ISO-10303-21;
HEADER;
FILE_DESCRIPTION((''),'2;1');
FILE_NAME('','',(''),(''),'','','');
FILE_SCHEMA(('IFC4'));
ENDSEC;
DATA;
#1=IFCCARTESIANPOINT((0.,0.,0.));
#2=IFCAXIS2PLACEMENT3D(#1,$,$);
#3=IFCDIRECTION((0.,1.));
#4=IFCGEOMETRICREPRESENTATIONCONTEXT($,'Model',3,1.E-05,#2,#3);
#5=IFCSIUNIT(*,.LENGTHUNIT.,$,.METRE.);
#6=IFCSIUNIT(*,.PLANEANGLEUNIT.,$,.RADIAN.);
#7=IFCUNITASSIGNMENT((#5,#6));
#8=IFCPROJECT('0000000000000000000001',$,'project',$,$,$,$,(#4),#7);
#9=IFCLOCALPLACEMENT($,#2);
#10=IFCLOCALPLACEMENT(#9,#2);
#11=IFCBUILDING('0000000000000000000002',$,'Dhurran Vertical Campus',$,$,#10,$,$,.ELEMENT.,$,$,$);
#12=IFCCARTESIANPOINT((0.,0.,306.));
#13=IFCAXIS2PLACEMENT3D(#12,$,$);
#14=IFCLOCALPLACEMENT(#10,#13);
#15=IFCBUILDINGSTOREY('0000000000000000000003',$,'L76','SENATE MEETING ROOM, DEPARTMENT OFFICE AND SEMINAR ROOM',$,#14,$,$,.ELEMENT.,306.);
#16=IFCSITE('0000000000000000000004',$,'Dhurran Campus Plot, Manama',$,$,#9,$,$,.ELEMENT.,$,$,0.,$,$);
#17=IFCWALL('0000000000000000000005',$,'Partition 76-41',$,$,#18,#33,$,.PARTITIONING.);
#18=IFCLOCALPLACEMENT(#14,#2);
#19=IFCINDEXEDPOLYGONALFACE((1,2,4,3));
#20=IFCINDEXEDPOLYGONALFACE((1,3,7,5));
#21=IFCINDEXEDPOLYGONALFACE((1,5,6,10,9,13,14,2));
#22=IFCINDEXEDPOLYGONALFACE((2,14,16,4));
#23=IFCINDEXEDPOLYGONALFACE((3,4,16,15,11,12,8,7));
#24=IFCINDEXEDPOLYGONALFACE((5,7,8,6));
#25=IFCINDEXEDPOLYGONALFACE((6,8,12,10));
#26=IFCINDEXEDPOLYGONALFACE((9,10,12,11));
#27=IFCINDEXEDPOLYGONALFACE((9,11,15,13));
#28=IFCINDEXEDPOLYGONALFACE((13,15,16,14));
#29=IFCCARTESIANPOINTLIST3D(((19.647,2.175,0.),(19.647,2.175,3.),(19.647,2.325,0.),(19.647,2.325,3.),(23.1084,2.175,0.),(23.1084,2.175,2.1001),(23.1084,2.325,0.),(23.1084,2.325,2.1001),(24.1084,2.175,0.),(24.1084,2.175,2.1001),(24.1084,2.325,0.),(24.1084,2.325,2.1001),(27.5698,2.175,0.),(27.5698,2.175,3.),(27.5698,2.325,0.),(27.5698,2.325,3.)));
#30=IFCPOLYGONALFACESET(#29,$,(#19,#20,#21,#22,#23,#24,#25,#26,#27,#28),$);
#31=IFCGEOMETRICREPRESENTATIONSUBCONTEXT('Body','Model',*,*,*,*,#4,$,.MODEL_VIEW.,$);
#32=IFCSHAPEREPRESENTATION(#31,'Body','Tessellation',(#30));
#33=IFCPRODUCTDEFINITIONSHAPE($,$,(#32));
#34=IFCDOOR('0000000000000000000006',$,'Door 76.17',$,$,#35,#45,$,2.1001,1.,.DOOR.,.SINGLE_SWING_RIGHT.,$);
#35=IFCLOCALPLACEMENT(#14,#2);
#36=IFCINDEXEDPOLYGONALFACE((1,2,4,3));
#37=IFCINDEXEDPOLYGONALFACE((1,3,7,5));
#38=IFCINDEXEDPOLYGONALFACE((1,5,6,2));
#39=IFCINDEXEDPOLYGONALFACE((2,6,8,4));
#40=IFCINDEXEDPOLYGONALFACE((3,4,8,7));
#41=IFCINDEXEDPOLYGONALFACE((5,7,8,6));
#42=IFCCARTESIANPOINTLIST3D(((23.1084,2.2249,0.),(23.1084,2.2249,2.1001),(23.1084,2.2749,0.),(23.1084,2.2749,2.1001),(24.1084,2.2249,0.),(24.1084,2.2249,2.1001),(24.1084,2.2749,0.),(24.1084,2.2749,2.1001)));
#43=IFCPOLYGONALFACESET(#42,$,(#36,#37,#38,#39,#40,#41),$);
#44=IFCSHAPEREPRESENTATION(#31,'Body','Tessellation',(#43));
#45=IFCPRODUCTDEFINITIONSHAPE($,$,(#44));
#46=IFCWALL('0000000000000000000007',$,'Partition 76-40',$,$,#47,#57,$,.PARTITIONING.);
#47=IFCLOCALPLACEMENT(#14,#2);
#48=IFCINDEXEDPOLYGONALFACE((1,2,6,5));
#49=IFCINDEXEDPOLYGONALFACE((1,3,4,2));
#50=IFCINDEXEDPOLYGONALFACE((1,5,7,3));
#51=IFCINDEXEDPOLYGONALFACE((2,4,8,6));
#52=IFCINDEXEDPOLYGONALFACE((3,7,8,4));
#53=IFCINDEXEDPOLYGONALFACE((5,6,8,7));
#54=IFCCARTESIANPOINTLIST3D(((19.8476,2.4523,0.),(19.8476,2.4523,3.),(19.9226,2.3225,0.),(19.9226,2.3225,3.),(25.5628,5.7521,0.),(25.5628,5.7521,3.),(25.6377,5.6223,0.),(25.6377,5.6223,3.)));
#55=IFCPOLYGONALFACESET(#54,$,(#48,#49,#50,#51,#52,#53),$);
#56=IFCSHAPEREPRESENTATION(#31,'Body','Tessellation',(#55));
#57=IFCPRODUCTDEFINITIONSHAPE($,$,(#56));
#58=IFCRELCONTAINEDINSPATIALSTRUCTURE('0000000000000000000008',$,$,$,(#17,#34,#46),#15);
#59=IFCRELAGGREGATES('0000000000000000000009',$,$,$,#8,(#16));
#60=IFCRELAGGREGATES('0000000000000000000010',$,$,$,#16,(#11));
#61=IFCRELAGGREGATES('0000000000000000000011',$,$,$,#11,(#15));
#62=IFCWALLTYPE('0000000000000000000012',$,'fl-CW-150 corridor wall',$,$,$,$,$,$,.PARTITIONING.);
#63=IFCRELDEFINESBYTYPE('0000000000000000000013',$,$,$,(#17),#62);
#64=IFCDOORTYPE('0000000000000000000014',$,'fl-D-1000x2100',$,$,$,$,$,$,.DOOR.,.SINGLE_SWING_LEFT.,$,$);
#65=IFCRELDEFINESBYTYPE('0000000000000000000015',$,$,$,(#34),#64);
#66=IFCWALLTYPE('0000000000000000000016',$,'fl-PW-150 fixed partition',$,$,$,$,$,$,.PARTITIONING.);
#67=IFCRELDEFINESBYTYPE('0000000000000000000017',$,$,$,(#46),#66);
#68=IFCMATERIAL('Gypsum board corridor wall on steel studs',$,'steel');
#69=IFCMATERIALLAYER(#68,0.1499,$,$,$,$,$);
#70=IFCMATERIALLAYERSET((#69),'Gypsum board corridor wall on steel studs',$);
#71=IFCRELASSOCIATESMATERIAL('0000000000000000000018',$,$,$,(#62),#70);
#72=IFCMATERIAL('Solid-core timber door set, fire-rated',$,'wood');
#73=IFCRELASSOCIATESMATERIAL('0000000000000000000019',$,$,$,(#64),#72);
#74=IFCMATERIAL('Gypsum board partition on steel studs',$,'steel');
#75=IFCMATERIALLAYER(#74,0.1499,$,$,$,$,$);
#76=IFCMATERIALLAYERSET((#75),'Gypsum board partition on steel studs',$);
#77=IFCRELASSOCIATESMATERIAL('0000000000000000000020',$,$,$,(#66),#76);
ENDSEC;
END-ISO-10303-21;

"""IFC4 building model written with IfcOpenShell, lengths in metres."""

from ifc_helpers import new_model, si_unit, direction, frame, frame_2d, origin, place, context, subcontext, project, spatial, rectangle, extrude, material, layer, layer_set, type_object, element, fill, save


model = new_model("IFC4")

# Units and contexts
model_context = context("Model", 3, precision=1e-05, world=origin(), true_north=direction((0.0, 1.0)))
body_context = subcontext(model_context, "Body", "Model", "MODEL_VIEW")
ifc_project = project(units=[si_unit("LENGTHUNIT", "METRE"), si_unit("PLANEANGLEUNIT", "RADIAN")], contexts=[model_context])

# Site, building, storey
site_placement = place(None, origin())
site = spatial("IfcSite", under=ifc_project, at=site_placement, Name="Dhurran Campus Plot, Manama", CompositionType="ELEMENT", RefElevation=0.0)
building_placement = place(site_placement, origin())
building = spatial("IfcBuilding", under=site, at=building_placement, Name="Dhurran Vertical Campus", CompositionType="ELEMENT")
storey_placement = place(building_placement, frame((0.0, 0.0, 306.0)))
storey = spatial("IfcBuildingStorey", under=building, at=storey_placement, Name="L76", Description="SENATE MEETING ROOM, DEPARTMENT OFFICE AND SEMINAR ROOM", CompositionType="ELEMENT", Elevation=306.0)

# Shared definitions
ifc_material_1 = material(Name="Gypsum board corridor wall on steel studs", Category="steel")
ifc_layer_1 = layer(ifc_material_1, 0.1499)
ifc_layer_set_1 = layer_set([ifc_layer_1], Name="Gypsum board corridor wall on steel studs")
wall_type_1 = type_object("IfcWallType", Name="fl-CW-150 corridor wall", PredefinedType="PARTITIONING", material=ifc_layer_set_1)
ifc_material_2 = material(Name="Solid-core timber door set, fire-rated", Category="wood")
door_type = type_object("IfcDoorType", Name="fl-D-1000x2100", OperationType="SINGLE_SWING_LEFT", PredefinedType="DOOR", material=ifc_material_2)

# Wall, opening, door
wall_1_placement = place(storey_placement, frame((19.647, 2.25, 0.0), z_axis=(0.0, 0.0, 1.0), x_axis=(1.0, 0.0, 0.0)))
wall_1 = element("IfcWall", 1, at=wall_1_placement, inside=storey, type_object=wall_type_1, Name="Partition 76-41", PredefinedType="PARTITIONING", context=body_context, shape_type="SweptSolid", body=[
    extrude(rectangle(XDim=7.9229, YDim=0.1499, at=frame_2d((3.9614, 0.0))), origin(), (0.0, 0.0, 1.0), 3.0),
])
opening_1_placement = place(wall_1_placement, frame((3.4614, 0.0, 0.0)))
opening_1 = element("IfcOpeningElement", 2, at=opening_1_placement, cuts=wall_1, PredefinedType="OPENING", context=body_context, shape_type="SweptSolid", body=[
    extrude(rectangle(XDim=1.0, YDim=2.1001, at=frame_2d((0.5, 1.05))), frame((0.0, 0.085, 0.0), z_axis=(0.0, -1.0, 0.0), x_axis=(1.0, 0.0, 0.0)), (0.0, 0.0, 1.0), 0.1699),
])
door_1_placement = place(opening_1_placement, origin())
door_1 = element("IfcDoor", 3, at=door_1_placement, inside=storey, type_object=door_type, Name="Door 76.17", OperationType="SINGLE_SWING_RIGHT", OverallHeight=2.1001, OverallWidth=1.0, PredefinedType="DOOR", context=body_context, shape_type="SweptSolid", body=[
    extrude(rectangle(XDim=1.0, YDim=2.1001, at=frame_2d((0.5, 1.05))), frame((0.0, 0.0249, 0.0), z_axis=(0.0, -1.0, 0.0), x_axis=(1.0, 0.0, 0.0)), (0.0, 0.0, 1.0), 0.05),
])
fill(opening_1, door_1)

# Wall
ifc_material_3 = material(Name="Gypsum board partition on steel studs", Category="steel")
ifc_layer_2 = layer(ifc_material_3, 0.1499)
ifc_layer_set_2 = layer_set([ifc_layer_2], Name="Gypsum board partition on steel studs")
wall_type_2 = type_object("IfcWallType", Name="fl-PW-150 fixed partition", PredefinedType="PARTITIONING", material=ifc_layer_set_2)
wall_2_placement = place(storey_placement, frame((25.6003, 5.6873, 0.0), z_axis=(0.0, 0.0, 1.0), x_axis=(-0.866012, -0.500022, 0.0)))
element("IfcWall", 4, at=wall_2_placement, inside=storey, type_object=wall_type_2, Name="Partition 76-40", PredefinedType="PARTITIONING", context=body_context, shape_type="SweptSolid", body=[
    extrude(rectangle(XDim=6.5994, YDim=0.1499, at=frame_2d((3.2998, 0.0))), origin(), (0.0, 0.0, 1.0), 3.0),
])

save(model, "model.ifc")
